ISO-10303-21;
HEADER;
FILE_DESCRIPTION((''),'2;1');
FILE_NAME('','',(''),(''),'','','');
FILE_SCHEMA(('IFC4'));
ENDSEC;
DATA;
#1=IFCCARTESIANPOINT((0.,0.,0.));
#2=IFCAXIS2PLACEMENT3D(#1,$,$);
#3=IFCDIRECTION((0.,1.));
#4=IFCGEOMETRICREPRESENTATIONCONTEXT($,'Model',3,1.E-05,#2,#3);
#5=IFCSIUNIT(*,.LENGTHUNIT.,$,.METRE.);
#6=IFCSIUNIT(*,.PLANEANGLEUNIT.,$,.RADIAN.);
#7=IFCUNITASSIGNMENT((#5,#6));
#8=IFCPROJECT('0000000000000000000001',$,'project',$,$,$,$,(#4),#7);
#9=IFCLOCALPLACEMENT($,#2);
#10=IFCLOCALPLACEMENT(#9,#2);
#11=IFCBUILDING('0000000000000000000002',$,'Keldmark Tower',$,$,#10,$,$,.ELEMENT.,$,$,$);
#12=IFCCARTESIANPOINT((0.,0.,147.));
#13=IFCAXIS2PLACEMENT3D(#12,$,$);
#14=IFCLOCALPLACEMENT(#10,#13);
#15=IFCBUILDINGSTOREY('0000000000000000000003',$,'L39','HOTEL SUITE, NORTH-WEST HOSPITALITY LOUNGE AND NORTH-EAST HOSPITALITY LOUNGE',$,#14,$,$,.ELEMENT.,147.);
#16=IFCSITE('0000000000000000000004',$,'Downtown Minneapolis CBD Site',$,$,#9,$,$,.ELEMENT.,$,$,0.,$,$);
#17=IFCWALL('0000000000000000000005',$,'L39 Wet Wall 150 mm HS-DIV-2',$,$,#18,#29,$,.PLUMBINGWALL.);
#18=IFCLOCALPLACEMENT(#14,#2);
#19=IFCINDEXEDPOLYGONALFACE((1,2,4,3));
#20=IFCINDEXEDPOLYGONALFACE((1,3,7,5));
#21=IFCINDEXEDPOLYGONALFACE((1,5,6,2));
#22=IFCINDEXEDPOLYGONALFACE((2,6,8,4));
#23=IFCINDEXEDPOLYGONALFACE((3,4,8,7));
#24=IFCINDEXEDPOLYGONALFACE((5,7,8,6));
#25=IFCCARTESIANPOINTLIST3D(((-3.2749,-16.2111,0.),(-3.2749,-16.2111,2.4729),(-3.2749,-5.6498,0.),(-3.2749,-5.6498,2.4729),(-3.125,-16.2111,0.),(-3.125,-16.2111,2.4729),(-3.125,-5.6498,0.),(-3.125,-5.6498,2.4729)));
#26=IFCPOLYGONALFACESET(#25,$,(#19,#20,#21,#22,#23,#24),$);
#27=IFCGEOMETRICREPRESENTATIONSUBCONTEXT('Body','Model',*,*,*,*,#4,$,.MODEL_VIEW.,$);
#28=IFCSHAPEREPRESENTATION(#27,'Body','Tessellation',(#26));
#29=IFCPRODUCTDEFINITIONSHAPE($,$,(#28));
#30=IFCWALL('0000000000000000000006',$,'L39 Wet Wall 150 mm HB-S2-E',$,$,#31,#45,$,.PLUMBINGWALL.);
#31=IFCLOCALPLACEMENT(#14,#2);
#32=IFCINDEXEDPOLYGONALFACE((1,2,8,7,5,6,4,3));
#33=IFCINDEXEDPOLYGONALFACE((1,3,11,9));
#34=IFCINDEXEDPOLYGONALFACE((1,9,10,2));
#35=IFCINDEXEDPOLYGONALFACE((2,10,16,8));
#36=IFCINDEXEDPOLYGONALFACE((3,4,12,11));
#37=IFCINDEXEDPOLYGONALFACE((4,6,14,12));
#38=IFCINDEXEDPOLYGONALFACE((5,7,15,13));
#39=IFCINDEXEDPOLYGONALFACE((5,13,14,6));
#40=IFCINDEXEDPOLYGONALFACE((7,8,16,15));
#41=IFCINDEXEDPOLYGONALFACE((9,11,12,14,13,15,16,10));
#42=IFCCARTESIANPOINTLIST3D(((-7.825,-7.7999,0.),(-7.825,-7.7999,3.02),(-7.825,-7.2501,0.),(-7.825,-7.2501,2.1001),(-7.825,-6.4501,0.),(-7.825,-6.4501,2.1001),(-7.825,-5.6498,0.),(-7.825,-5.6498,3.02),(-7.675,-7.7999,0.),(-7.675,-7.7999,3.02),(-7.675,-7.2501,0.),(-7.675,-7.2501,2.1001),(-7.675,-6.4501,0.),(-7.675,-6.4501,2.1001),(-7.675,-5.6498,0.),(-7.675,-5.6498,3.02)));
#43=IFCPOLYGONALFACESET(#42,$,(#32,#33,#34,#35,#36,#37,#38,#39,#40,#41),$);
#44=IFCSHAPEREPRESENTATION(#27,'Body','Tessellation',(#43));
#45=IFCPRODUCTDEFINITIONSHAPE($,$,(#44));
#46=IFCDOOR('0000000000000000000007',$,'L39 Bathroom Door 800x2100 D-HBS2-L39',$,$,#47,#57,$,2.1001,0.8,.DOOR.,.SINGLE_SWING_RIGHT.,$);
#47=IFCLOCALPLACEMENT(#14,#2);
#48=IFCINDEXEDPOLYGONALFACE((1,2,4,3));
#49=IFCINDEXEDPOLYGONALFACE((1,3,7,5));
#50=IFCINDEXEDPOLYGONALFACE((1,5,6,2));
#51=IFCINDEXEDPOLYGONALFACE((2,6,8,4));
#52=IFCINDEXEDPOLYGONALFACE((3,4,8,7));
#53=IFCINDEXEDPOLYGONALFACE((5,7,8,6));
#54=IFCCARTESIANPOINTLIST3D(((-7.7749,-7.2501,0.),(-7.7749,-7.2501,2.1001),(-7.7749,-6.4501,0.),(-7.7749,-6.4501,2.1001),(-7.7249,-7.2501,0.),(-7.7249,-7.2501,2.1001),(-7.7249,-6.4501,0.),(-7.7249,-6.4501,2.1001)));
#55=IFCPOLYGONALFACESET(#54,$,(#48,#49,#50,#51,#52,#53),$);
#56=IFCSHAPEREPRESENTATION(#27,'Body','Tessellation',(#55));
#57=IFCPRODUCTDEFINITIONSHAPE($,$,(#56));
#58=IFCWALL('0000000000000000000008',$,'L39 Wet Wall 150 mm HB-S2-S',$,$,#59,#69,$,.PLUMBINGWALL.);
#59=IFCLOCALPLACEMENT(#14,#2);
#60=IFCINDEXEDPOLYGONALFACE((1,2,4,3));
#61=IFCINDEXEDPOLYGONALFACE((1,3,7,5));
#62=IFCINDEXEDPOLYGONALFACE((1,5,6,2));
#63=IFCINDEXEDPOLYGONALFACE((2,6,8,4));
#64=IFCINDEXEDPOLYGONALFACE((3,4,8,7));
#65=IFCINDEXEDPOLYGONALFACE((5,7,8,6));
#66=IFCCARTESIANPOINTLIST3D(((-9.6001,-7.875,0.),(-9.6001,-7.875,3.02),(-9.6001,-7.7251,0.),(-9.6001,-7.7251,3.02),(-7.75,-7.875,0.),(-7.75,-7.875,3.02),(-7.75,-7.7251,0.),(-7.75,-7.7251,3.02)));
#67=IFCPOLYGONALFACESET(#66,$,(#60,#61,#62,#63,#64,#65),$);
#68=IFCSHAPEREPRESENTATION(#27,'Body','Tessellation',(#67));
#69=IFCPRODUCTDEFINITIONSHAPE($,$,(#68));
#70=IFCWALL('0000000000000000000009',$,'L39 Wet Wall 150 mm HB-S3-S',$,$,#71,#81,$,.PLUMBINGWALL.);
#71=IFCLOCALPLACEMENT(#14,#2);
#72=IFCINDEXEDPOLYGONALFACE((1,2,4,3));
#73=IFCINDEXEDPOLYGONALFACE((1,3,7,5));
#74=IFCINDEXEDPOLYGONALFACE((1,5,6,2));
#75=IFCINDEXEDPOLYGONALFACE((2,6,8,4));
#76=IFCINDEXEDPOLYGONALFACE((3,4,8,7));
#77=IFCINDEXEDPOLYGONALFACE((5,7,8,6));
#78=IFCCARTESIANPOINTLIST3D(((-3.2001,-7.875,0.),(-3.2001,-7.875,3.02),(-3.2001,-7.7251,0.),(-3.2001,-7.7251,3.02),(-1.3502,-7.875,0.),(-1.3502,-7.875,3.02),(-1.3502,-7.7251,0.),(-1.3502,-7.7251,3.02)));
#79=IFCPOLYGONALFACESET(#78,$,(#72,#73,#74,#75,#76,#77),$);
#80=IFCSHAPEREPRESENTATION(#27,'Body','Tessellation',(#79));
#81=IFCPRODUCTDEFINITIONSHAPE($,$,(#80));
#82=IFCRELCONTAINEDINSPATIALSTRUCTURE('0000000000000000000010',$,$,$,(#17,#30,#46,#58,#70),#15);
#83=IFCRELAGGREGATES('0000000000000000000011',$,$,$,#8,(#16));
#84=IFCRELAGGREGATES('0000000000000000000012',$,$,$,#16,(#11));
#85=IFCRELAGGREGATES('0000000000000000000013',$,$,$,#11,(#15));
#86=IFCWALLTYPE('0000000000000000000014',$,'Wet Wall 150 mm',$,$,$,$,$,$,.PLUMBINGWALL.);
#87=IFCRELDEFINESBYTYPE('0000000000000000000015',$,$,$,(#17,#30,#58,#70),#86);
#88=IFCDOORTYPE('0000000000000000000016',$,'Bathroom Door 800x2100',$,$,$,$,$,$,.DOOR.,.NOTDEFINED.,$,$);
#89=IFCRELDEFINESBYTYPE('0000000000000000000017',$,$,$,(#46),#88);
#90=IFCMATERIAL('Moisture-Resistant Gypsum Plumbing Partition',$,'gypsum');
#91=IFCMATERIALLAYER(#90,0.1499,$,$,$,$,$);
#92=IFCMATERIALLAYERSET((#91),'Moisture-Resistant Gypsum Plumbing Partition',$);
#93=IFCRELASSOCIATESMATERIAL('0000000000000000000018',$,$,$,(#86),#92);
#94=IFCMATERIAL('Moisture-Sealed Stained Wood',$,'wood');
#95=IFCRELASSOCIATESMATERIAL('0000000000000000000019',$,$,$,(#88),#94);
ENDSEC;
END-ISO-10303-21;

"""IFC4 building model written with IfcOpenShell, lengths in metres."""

from ifc_helpers import new_model, si_unit, direction, frame, frame_2d, origin, place, context, subcontext, project, spatial, rectangle, extrude, material, layer, layer_set, type_object, element, fill, save


model = new_model("IFC4")

# Units and contexts
model_context = context("Model", 3, precision=1e-05, world=origin(), true_north=direction((0.0, 1.0)))
body_context = subcontext(model_context, "Body", "Model", "MODEL_VIEW")
ifc_project = project(units=[si_unit("LENGTHUNIT", "METRE"), si_unit("PLANEANGLEUNIT", "RADIAN")], contexts=[model_context])

# Site, building, storey
site_placement = place(None, origin())
site = spatial("IfcSite", under=ifc_project, at=site_placement, Name="Downtown Minneapolis CBD Site", CompositionType="ELEMENT", RefElevation=0.0)
building_placement = place(site_placement, origin())
building = spatial("IfcBuilding", under=site, at=building_placement, Name="Keldmark Tower", CompositionType="ELEMENT")
storey_placement = place(building_placement, frame((0.0, 0.0, 147.0)))
storey = spatial("IfcBuildingStorey", under=building, at=storey_placement, Name="L39", Description="HOTEL SUITE, NORTH-WEST HOSPITALITY LOUNGE AND NORTH-EAST HOSPITALITY LOUNGE", CompositionType="ELEMENT", Elevation=147.0)

# Wall
ifc_material_1 = material(Name="Moisture-Resistant Gypsum Plumbing Partition", Category="gypsum")
ifc_layer_1 = layer(ifc_material_1, 0.1499)
ifc_layer_set_1 = layer_set([ifc_layer_1], Name="Moisture-Resistant Gypsum Plumbing Partition")
wall_type_1 = type_object("IfcWallType", Name="Wet Wall 150 mm", PredefinedType="PLUMBINGWALL", material=ifc_layer_set_1)
wall_1_placement = place(storey_placement, frame((-3.2, -16.2112, 0.0), z_axis=(0.0, 0.0, 1.0), x_axis=(0.0, 1.0, 0.0)))
element("IfcWall", 1, at=wall_1_placement, inside=storey, type_object=wall_type_1, Name="L39 Wet Wall 150 mm HS-DIV-2", PredefinedType="PLUMBINGWALL", context=body_context, shape_type="SweptSolid", body=[
    extrude(rectangle(XDim=10.5613, YDim=0.1499, at=frame_2d((5.2808, 0.0))), origin(), (0.0, 0.0, 1.0), 2.4729),
])

# Wall, opening, door
wall_2_placement = place(storey_placement, frame((-7.75, -7.8, 0.0), z_axis=(0.0, 0.0, 1.0), x_axis=(0.0, 1.0, 0.0)))
wall_2 = element("IfcWall", 2, at=wall_2_placement, inside=storey, type_object=wall_type_1, Name="L39 Wet Wall 150 mm HB-S2-E", PredefinedType="PLUMBINGWALL", context=body_context, shape_type="SweptSolid", body=[
    extrude(rectangle(XDim=2.1501, YDim=0.1499, at=frame_2d((1.0752, 0.0))), origin(), (0.0, 0.0, 1.0), 3.02),
])
opening_1_placement = place(wall_2_placement, frame((0.55, 0.0, 0.0)))
opening_1 = element("IfcOpeningElement", 3, at=opening_1_placement, cuts=wall_2, PredefinedType="OPENING", context=body_context, shape_type="SweptSolid", body=[
    extrude(rectangle(XDim=0.8, YDim=2.1001, at=frame_2d((0.3999, 1.05))), frame((0.0, 0.085, 0.0), z_axis=(0.0, -1.0, 0.0), x_axis=(1.0, 0.0, 0.0)), (0.0, 0.0, 1.0), 0.1699),
])
ifc_material_2 = material(Name="Moisture-Sealed Stained Wood", Category="wood")
door_type = type_object("IfcDoorType", Name="Bathroom Door 800x2100", OperationType="NOTDEFINED", PredefinedType="DOOR", material=ifc_material_2)
door_placement = place(opening_1_placement, origin())
door = element("IfcDoor", 4, at=door_placement, inside=storey, type_object=door_type, Name="L39 Bathroom Door 800x2100 D-HBS2-L39", OperationType="SINGLE_SWING_RIGHT", OverallHeight=2.1001, OverallWidth=0.8, PredefinedType="DOOR", context=body_context, shape_type="SweptSolid", body=[
    extrude(rectangle(XDim=0.8, YDim=2.1001, at=frame_2d((0.3999, 1.05))), frame((0.0, 0.0249, 0.0), z_axis=(0.0, -1.0, 0.0), x_axis=(1.0, 0.0, 0.0)), (0.0, 0.0, 1.0), 0.05),
])
fill(opening_1, door)

# Walls
wall_3_placement = place(storey_placement, frame((-9.6001, -7.8, 0.0), z_axis=(0.0, 0.0, 1.0), x_axis=(1.0, 0.0, 0.0)))
element("IfcWall", 5, at=wall_3_placement, inside=storey, type_object=wall_type_1, Name="L39 Wet Wall 150 mm HB-S2-S", PredefinedType="PLUMBINGWALL", context=body_context, shape_type="SweptSolid", body=[
    extrude(rectangle(XDim=1.8501, YDim=0.1499, at=frame_2d((0.925, 0.0))), origin(), (0.0, 0.0, 1.0), 3.02),
])
wall_4_placement = place(storey_placement, frame((-3.2, -7.8, 0.0), z_axis=(0.0, 0.0, 1.0), x_axis=(1.0, 0.0, 0.0)))
element("IfcWall", 6, at=wall_4_placement, inside=storey, type_object=wall_type_1, Name="L39 Wet Wall 150 mm HB-S3-S", PredefinedType="PLUMBINGWALL", context=body_context, shape_type="SweptSolid", body=[
    extrude(rectangle(XDim=1.8499, YDim=0.1499, at=frame_2d((0.9248, 0.0))), origin(), (0.0, 0.0, 1.0), 3.02),
])

save(model, "model.ifc")
